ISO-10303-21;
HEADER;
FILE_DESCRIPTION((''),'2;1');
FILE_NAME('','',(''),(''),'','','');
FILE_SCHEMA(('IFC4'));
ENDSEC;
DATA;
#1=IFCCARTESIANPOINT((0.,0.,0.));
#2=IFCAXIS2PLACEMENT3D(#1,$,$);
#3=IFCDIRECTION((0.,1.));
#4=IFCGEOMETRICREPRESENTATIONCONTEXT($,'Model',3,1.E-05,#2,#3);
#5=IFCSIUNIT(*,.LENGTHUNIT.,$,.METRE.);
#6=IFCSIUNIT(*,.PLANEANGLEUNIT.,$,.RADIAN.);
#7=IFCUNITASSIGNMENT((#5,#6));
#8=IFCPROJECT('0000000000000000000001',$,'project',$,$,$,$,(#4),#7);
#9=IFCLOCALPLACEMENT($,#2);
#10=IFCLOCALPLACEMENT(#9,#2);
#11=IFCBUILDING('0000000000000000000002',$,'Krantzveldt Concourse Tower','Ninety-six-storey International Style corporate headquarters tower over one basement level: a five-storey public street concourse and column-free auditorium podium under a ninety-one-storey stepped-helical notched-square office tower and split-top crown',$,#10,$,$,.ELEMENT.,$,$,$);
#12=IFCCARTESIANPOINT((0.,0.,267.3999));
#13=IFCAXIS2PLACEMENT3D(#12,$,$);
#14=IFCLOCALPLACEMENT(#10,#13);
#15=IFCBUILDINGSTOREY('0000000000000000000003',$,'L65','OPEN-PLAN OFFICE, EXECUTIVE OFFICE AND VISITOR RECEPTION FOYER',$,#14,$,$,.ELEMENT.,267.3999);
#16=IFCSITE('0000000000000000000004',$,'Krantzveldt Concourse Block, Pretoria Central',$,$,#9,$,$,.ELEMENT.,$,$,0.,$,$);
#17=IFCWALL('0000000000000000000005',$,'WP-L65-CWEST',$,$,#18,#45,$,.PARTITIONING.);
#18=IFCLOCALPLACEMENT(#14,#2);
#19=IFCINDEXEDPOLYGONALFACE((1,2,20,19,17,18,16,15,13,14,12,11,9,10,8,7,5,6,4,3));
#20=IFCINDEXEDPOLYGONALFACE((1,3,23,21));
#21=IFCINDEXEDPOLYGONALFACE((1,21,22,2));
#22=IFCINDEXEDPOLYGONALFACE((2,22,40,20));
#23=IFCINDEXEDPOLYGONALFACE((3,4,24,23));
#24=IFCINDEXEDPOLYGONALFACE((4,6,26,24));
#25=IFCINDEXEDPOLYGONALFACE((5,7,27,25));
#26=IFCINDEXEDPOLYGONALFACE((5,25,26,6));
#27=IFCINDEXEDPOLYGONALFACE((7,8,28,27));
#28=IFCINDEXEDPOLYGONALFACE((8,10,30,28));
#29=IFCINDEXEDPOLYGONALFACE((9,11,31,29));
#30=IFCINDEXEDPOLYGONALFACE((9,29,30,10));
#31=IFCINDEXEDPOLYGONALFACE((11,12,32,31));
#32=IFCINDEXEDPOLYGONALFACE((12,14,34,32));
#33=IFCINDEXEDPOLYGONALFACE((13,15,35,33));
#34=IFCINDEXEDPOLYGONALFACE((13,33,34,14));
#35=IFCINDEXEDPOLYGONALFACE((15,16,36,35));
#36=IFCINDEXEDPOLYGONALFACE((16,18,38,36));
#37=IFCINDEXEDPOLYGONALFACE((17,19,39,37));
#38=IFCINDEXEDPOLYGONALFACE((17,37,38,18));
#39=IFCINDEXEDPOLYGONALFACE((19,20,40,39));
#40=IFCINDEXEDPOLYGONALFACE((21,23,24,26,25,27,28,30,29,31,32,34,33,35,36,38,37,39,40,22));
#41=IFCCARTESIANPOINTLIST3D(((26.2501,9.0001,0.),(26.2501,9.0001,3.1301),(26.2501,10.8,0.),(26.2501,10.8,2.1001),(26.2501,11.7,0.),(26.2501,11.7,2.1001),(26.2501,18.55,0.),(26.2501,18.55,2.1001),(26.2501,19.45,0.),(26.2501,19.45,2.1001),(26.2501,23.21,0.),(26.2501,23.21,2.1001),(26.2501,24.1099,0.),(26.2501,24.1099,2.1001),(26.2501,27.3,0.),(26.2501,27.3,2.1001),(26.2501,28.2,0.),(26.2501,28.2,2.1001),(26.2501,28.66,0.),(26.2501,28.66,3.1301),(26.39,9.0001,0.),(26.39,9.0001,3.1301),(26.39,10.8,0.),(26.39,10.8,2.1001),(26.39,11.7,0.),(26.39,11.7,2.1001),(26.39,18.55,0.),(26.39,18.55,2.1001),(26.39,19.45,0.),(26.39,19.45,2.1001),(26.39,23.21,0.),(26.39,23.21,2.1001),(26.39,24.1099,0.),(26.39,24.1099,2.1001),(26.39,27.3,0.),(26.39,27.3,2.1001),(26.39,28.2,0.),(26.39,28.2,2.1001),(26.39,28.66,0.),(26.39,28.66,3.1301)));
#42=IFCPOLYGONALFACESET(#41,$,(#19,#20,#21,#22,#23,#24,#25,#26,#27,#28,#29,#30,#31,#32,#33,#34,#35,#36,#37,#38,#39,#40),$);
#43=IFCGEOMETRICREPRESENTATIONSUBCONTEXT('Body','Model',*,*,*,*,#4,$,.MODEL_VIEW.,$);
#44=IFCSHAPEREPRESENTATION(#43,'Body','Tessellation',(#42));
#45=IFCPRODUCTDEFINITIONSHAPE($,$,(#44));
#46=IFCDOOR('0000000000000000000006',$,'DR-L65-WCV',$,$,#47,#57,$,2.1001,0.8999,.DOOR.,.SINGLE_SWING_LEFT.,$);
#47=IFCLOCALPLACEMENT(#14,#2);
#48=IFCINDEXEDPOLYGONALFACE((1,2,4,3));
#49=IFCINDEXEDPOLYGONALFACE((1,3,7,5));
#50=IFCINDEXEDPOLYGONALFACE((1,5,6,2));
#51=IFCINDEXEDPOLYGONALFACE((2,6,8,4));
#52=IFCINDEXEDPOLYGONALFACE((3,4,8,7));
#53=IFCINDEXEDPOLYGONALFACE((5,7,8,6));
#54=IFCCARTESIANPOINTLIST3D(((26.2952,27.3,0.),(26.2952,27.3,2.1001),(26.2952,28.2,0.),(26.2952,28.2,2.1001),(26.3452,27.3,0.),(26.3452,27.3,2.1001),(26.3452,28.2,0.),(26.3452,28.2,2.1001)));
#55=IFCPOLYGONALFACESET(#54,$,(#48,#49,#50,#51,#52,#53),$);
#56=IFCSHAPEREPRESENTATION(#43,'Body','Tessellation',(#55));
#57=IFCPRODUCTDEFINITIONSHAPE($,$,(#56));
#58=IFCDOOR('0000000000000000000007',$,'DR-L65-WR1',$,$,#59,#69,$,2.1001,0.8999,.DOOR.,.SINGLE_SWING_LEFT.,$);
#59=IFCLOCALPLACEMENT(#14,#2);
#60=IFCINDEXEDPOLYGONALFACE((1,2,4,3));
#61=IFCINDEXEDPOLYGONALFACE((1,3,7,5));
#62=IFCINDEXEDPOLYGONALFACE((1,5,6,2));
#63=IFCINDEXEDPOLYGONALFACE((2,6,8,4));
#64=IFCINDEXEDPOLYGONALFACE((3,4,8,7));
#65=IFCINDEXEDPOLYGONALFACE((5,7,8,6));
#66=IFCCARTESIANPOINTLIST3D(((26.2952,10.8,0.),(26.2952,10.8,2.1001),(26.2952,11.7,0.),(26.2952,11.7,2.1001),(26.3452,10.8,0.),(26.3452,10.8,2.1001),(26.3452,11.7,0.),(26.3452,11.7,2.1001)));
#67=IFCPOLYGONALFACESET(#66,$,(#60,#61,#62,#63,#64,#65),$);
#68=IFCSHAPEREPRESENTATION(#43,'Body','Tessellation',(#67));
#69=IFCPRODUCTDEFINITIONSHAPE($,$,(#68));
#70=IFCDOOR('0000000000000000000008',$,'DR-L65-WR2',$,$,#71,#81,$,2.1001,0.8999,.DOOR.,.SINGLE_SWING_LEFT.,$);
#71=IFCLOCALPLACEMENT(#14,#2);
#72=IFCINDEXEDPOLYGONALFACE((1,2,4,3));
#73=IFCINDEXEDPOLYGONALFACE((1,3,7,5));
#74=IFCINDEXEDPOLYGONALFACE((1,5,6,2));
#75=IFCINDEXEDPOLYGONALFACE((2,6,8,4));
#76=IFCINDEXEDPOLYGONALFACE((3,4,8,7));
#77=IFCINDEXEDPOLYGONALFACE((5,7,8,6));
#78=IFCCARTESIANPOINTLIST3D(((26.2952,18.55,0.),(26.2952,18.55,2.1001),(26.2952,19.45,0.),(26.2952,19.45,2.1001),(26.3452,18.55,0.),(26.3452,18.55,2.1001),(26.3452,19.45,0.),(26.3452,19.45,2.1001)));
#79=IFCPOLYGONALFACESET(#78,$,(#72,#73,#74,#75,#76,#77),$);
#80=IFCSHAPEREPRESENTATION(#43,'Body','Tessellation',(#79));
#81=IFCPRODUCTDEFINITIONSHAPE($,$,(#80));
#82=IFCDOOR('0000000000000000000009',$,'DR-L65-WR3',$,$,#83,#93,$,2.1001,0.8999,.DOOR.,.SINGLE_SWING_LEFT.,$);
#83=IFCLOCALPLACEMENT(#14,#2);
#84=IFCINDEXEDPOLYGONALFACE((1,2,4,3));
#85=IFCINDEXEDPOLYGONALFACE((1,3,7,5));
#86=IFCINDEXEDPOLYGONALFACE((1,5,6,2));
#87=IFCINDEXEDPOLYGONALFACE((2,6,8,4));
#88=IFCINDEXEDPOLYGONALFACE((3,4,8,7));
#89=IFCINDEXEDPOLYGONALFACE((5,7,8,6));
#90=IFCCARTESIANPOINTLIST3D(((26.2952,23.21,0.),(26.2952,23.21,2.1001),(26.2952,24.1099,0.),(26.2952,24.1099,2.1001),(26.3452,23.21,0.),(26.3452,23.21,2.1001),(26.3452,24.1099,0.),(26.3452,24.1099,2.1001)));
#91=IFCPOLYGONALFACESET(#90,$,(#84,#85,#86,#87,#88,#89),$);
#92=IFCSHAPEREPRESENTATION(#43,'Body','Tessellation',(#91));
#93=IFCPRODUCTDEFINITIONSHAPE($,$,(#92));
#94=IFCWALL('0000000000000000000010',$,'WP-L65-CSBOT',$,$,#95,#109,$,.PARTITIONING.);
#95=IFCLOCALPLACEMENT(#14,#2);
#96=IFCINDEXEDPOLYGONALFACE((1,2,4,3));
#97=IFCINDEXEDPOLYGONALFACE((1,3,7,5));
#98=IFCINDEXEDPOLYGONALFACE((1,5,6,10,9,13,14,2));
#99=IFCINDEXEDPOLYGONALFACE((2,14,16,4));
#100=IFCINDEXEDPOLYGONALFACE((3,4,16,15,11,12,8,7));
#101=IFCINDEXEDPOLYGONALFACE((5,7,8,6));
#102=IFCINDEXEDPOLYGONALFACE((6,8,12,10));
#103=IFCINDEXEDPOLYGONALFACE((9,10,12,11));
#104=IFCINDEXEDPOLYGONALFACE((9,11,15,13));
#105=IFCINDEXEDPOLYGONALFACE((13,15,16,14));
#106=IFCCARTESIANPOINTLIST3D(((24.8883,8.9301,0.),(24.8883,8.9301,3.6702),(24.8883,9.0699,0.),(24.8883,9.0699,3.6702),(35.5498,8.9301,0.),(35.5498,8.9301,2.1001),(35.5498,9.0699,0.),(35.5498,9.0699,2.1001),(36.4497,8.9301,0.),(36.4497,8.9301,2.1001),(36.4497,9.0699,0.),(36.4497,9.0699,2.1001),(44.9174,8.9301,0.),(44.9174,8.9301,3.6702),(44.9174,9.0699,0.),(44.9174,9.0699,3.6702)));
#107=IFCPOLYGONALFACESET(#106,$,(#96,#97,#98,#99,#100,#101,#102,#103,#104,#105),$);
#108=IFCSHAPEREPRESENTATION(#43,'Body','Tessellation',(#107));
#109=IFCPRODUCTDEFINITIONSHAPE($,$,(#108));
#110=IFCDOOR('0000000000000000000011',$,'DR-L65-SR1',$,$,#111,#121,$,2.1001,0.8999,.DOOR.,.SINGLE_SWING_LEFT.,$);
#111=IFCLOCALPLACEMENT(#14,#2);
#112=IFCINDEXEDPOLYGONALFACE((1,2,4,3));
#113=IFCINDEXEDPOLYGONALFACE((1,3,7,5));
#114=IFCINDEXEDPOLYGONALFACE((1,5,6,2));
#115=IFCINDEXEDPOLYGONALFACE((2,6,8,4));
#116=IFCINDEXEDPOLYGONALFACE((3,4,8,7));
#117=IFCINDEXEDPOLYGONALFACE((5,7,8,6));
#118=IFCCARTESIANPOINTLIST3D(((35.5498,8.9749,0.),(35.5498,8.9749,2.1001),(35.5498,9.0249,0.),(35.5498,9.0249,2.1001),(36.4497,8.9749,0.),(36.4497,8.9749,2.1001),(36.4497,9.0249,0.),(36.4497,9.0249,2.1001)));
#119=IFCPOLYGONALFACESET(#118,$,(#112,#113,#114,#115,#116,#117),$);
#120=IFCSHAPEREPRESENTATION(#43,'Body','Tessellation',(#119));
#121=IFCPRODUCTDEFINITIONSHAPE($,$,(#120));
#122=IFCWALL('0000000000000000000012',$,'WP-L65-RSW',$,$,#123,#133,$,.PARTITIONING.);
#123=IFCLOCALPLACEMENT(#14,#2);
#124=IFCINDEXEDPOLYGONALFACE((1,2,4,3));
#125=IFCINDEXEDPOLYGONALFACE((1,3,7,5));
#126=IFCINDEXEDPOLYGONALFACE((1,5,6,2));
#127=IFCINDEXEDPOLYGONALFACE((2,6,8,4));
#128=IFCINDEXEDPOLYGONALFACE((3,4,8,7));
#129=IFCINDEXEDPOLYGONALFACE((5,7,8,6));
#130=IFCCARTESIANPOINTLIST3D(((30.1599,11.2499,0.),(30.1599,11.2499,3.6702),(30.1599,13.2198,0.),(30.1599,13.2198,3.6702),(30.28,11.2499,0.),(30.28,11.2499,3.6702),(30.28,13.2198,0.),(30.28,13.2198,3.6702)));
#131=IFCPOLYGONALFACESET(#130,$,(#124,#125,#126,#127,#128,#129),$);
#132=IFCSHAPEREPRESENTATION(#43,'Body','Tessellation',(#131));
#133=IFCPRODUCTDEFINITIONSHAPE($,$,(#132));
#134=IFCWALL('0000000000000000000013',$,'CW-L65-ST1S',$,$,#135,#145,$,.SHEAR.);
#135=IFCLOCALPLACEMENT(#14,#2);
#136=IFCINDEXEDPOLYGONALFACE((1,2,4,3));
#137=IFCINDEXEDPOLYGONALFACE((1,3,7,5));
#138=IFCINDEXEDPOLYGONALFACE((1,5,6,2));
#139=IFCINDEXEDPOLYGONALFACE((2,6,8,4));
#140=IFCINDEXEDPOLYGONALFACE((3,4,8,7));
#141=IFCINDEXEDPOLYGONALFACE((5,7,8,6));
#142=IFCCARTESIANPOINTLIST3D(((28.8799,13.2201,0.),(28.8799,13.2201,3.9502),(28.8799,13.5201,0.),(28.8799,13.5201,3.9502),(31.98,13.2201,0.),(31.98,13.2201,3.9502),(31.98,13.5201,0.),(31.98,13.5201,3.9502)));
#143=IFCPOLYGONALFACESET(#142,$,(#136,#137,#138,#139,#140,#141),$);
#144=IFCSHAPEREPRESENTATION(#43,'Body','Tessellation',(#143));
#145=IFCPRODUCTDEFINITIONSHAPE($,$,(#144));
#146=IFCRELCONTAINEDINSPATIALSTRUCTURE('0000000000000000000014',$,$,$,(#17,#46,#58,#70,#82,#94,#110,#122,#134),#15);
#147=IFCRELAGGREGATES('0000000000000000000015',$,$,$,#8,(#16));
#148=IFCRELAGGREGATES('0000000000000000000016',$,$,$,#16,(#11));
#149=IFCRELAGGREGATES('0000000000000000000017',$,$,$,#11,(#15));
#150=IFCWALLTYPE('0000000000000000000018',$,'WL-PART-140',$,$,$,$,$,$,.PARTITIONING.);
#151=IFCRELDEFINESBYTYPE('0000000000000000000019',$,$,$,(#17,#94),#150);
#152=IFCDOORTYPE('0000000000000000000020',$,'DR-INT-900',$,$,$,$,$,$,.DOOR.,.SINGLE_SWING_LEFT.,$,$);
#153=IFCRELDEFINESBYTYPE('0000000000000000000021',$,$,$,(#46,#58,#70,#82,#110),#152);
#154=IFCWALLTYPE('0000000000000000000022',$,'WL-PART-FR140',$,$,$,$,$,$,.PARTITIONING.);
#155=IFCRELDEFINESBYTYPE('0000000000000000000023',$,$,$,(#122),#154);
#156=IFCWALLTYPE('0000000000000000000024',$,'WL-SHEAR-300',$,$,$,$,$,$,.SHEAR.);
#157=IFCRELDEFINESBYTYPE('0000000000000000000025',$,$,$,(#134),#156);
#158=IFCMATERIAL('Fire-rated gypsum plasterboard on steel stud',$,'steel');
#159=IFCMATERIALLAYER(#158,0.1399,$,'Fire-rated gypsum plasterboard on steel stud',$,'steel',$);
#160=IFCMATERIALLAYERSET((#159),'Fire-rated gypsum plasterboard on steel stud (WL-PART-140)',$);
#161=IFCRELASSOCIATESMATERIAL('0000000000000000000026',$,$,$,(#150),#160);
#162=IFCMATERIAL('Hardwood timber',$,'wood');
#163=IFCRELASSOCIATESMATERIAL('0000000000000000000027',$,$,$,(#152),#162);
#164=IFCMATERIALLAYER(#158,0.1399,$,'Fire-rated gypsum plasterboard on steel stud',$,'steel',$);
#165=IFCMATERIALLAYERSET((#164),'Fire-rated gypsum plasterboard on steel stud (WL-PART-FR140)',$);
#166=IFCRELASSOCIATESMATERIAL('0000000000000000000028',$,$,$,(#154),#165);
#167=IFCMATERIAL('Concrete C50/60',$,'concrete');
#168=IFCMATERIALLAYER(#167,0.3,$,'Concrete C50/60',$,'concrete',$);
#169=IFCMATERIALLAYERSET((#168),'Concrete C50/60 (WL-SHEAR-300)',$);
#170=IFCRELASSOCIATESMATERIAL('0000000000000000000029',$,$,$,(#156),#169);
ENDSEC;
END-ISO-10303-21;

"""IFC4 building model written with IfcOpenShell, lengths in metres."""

from ifc_helpers import new_model, si_unit, direction, frame, frame_2d, origin, place, context, subcontext, project, spatial, rectangle, extrude, material, layer, layer_set, type_object, element, fill, save


model = new_model("IFC4")

# Units and contexts
model_context = context("Model", 3, precision=1e-05, world=origin(), true_north=direction((0.0, 1.0)))
body_context = subcontext(model_context, "Body", "Model", "MODEL_VIEW")
ifc_project = project(units=[si_unit("LENGTHUNIT", "METRE"), si_unit("PLANEANGLEUNIT", "RADIAN")], contexts=[model_context])

# Site, building, storey
site_placement = place(None, origin())
site = spatial("IfcSite", under=ifc_project, at=site_placement, Name="Krantzveldt Concourse Block, Pretoria Central", CompositionType="ELEMENT", RefElevation=0.0)
building_placement = place(site_placement, origin())
building = spatial("IfcBuilding", under=site, at=building_placement, Name="Krantzveldt Concourse Tower", Description="Ninety-six-storey International Style corporate headquarters tower over one basement level: a five-storey public street concourse and column-free auditorium podium under a ninety-one-storey stepped-helical notched-square office tower and split-top crown", CompositionType="ELEMENT")
storey_placement = place(building_placement, frame((0.0, 0.0, 267.3999)))
storey = spatial("IfcBuildingStorey", under=building, at=storey_placement, Name="L65", Description="OPEN-PLAN OFFICE, EXECUTIVE OFFICE AND VISITOR RECEPTION FOYER", CompositionType="ELEMENT", Elevation=267.3999)

# Shared definitions
ifc_material_1 = material(Name="Concrete C50/60", Category="concrete")

# Shared definitions
ifc_material_2 = material(Name="Fire-rated gypsum plasterboard on steel stud", Category="steel")
ifc_material_3 = material(Name="Hardwood timber", Category="wood")

# Wall, openings, doors
ifc_layer_1 = layer(ifc_material_2, 0.1399, Name="Fire-rated gypsum plasterboard on steel stud", Category="steel")
ifc_layer_set_1 = layer_set([ifc_layer_1], Name="Fire-rated gypsum plasterboard on steel stud (WL-PART-140)")
wall_type_1 = type_object("IfcWallType", Name="WL-PART-140", PredefinedType="PARTITIONING", material=ifc_layer_set_1)
wall_1_placement = place(storey_placement, frame((26.3201, 9.0, 0.0), z_axis=(0.0, 0.0, 1.0), x_axis=(0.0, 1.0, 0.0)))
wall_1 = element("IfcWall", 1, at=wall_1_placement, inside=storey, type_object=wall_type_1, Name="WP-L65-CWEST", PredefinedType="PARTITIONING", context=body_context, shape_type="SweptSolid", body=[
    extrude(rectangle(XDim=19.6599, YDim=0.1399, at=frame_2d((9.8301, 0.0))), origin(), (0.0, 0.0, 1.0), 3.1301),
])
opening_1_placement = place(wall_1_placement, frame((18.3, 0.0, 0.0)))
opening_1 = element("IfcOpeningElement", 2, at=opening_1_placement, cuts=wall_1, PredefinedType="OPENING", context=body_context, shape_type="SweptSolid", body=[
    extrude(rectangle(XDim=0.8999, YDim=2.1001, at=frame_2d((0.45, 1.05))), frame((0.0, 0.0801, 0.0), z_axis=(0.0, -1.0, 0.0), x_axis=(1.0, 0.0, 0.0)), (0.0, 0.0, 1.0), 0.1599),
])
opening_2_placement = place(wall_1_placement, frame((1.8, 0.0, 0.0)))
opening_2 = element("IfcOpeningElement", 3, at=opening_2_placement, cuts=wall_1, PredefinedType="OPENING", context=body_context, shape_type="SweptSolid", body=[
    extrude(rectangle(XDim=0.8999, YDim=2.1001, at=frame_2d((0.45, 1.05))), frame((0.0, 0.0801, 0.0), z_axis=(0.0, -1.0, 0.0), x_axis=(1.0, 0.0, 0.0)), (0.0, 0.0, 1.0), 0.1599),
])
opening_3_placement = place(wall_1_placement, frame((9.55, 0.0, 0.0)))
opening_3 = element("IfcOpeningElement", 4, at=opening_3_placement, cuts=wall_1, PredefinedType="OPENING", context=body_context, shape_type="SweptSolid", body=[
    extrude(rectangle(XDim=0.8999, YDim=2.1001, at=frame_2d((0.45, 1.05))), frame((0.0, 0.0801, 0.0), z_axis=(0.0, -1.0, 0.0), x_axis=(1.0, 0.0, 0.0)), (0.0, 0.0, 1.0), 0.1599),
])
opening_4_placement = place(wall_1_placement, frame((14.21, 0.0, 0.0)))
opening_4 = element("IfcOpeningElement", 5, at=opening_4_placement, cuts=wall_1, PredefinedType="OPENING", context=body_context, shape_type="SweptSolid", body=[
    extrude(rectangle(XDim=0.8999, YDim=2.1001, at=frame_2d((0.45, 1.05))), frame((0.0, 0.0801, 0.0), z_axis=(0.0, -1.0, 0.0), x_axis=(1.0, 0.0, 0.0)), (0.0, 0.0, 1.0), 0.1599),
])
door_type_1 = type_object("IfcDoorType", Name="DR-INT-900", OperationType="SINGLE_SWING_LEFT", PredefinedType="DOOR", material=ifc_material_3)
door_1_placement = place(opening_1_placement, origin())
door_1 = element("IfcDoor", 6, at=door_1_placement, inside=storey, type_object=door_type_1, Name="DR-L65-WCV", OperationType="SINGLE_SWING_LEFT", OverallHeight=2.1001, OverallWidth=0.8999, PredefinedType="DOOR", context=body_context, shape_type="SweptSolid", body=[
    extrude(rectangle(XDim=0.8999, YDim=2.1001, at=frame_2d((0.45, 1.05))), frame((0.0, 0.0249, 0.0), z_axis=(0.0, -1.0, 0.0), x_axis=(1.0, 0.0, 0.0)), (0.0, 0.0, 1.0), 0.05),
])
fill(opening_1, door_1)
door_2_placement = place(opening_2_placement, origin())
door_2 = element("IfcDoor", 7, at=door_2_placement, inside=storey, type_object=door_type_1, Name="DR-L65-WR1", OperationType="SINGLE_SWING_LEFT", OverallHeight=2.1001, OverallWidth=0.8999, PredefinedType="DOOR", context=body_context, shape_type="SweptSolid", body=[
    extrude(rectangle(XDim=0.8999, YDim=2.1001, at=frame_2d((0.45, 1.05))), frame((0.0, 0.0249, 0.0), z_axis=(0.0, -1.0, 0.0), x_axis=(1.0, 0.0, 0.0)), (0.0, 0.0, 1.0), 0.05),
])
fill(opening_2, door_2)
door_3_placement = place(opening_3_placement, origin())
door_3 = element("IfcDoor", 8, at=door_3_placement, inside=storey, type_object=door_type_1, Name="DR-L65-WR2", OperationType="SINGLE_SWING_LEFT", OverallHeight=2.1001, OverallWidth=0.8999, PredefinedType="DOOR", context=body_context, shape_type="SweptSolid", body=[
    extrude(rectangle(XDim=0.8999, YDim=2.1001, at=frame_2d((0.45, 1.05))), frame((0.0, 0.0249, 0.0), z_axis=(0.0, -1.0, 0.0), x_axis=(1.0, 0.0, 0.0)), (0.0, 0.0, 1.0), 0.05),
])
fill(opening_3, door_3)
door_4_placement = place(opening_4_placement, origin())
door_4 = element("IfcDoor", 9, at=door_4_placement, inside=storey, type_object=door_type_1, Name="DR-L65-WR3", OperationType="SINGLE_SWING_LEFT", OverallHeight=2.1001, OverallWidth=0.8999, PredefinedType="DOOR", context=body_context, shape_type="SweptSolid", body=[
    extrude(rectangle(XDim=0.8999, YDim=2.1001, at=frame_2d((0.45, 1.05))), frame((0.0, 0.0249, 0.0), z_axis=(0.0, -1.0, 0.0), x_axis=(1.0, 0.0, 0.0)), (0.0, 0.0, 1.0), 0.05),
])
fill(opening_4, door_4)

# Wall, opening, door
wall_2_placement = place(storey_placement, frame((24.8882, 9.0, 0.0), z_axis=(0.0, 0.0, 1.0), x_axis=(1.0, 0.0, 0.0)))
wall_2 = element("IfcWall", 10, at=wall_2_placement, inside=storey, type_object=wall_type_1, Name="WP-L65-CSBOT", PredefinedType="PARTITIONING", context=body_context, shape_type="SweptSolid", body=[
    extrude(rectangle(XDim=20.0291, YDim=0.1399, at=frame_2d((10.0146, 0.0))), origin(), (0.0, 0.0, 1.0), 3.6702),
])
opening_5_placement = place(wall_2_placement, frame((10.6616, 0.0, 0.0)))
opening_5 = element("IfcOpeningElement", 11, at=opening_5_placement, cuts=wall_2, PredefinedType="OPENING", context=body_context, shape_type="SweptSolid", body=[
    extrude(rectangle(XDim=0.8999, YDim=2.1001, at=frame_2d((0.45, 1.05))), frame((0.0, 0.0801, 0.0), z_axis=(0.0, -1.0, 0.0), x_axis=(1.0, 0.0, 0.0)), (0.0, 0.0, 1.0), 0.1599),
])
door_5_placement = place(opening_5_placement, origin())
door_5 = element("IfcDoor", 12, at=door_5_placement, inside=storey, type_object=door_type_1, Name="DR-L65-SR1", OperationType="SINGLE_SWING_LEFT", OverallHeight=2.1001, OverallWidth=0.8999, PredefinedType="DOOR", context=body_context, shape_type="SweptSolid", body=[
    extrude(rectangle(XDim=0.8999, YDim=2.1001, at=frame_2d((0.45, 1.05))), frame((0.0, 0.0249, 0.0), z_axis=(0.0, -1.0, 0.0), x_axis=(1.0, 0.0, 0.0)), (0.0, 0.0, 1.0), 0.05),
])
fill(opening_5, door_5)

# Walls
ifc_layer_2 = layer(ifc_material_2, 0.1399, Name="Fire-rated gypsum plasterboard on steel stud", Category="steel")
ifc_layer_set_2 = layer_set([ifc_layer_2], Name="Fire-rated gypsum plasterboard on steel stud (WL-PART-FR140)")
wall_type_2 = type_object("IfcWallType", Name="WL-PART-FR140", PredefinedType="PARTITIONING", material=ifc_layer_set_2)
wall_3_placement = place(storey_placement, frame((30.22, 11.25, 0.0), z_axis=(0.0, 0.0, 1.0), x_axis=(0.0, 1.0, 0.0)))
element("IfcWall", 13, at=wall_3_placement, inside=storey, type_object=wall_type_2, Name="WP-L65-RSW", PredefinedType="PARTITIONING", context=body_context, shape_type="SweptSolid", body=[
    extrude(rectangle(XDim=1.97, YDim=0.1201, at=frame_2d((0.9849, 0.0))), origin(), (0.0, 0.0, 1.0), 3.6702),
])
ifc_layer_3 = layer(ifc_material_1, 0.3, Name="Concrete C50/60", Category="concrete")
ifc_layer_set_3 = layer_set([ifc_layer_3], Name="Concrete C50/60 (WL-SHEAR-300)")
wall_type_3 = type_object("IfcWallType", Name="WL-SHEAR-300", PredefinedType="SHEAR", material=ifc_layer_set_3)
wall_4_placement = place(storey_placement, frame((28.8799, 13.3701, 0.0), z_axis=(0.0, 0.0, 1.0), x_axis=(1.0, 0.0, 0.0)))
element("IfcWall", 14, at=wall_4_placement, inside=storey, type_object=wall_type_3, Name="CW-L65-ST1S", PredefinedType="SHEAR", context=body_context, shape_type="SweptSolid", body=[
    extrude(rectangle(XDim=3.1001, YDim=0.3, at=frame_2d((1.55, 0.0))), origin(), (0.0, 0.0, 1.0), 3.9502),
])

save(model, "model.ifc")
